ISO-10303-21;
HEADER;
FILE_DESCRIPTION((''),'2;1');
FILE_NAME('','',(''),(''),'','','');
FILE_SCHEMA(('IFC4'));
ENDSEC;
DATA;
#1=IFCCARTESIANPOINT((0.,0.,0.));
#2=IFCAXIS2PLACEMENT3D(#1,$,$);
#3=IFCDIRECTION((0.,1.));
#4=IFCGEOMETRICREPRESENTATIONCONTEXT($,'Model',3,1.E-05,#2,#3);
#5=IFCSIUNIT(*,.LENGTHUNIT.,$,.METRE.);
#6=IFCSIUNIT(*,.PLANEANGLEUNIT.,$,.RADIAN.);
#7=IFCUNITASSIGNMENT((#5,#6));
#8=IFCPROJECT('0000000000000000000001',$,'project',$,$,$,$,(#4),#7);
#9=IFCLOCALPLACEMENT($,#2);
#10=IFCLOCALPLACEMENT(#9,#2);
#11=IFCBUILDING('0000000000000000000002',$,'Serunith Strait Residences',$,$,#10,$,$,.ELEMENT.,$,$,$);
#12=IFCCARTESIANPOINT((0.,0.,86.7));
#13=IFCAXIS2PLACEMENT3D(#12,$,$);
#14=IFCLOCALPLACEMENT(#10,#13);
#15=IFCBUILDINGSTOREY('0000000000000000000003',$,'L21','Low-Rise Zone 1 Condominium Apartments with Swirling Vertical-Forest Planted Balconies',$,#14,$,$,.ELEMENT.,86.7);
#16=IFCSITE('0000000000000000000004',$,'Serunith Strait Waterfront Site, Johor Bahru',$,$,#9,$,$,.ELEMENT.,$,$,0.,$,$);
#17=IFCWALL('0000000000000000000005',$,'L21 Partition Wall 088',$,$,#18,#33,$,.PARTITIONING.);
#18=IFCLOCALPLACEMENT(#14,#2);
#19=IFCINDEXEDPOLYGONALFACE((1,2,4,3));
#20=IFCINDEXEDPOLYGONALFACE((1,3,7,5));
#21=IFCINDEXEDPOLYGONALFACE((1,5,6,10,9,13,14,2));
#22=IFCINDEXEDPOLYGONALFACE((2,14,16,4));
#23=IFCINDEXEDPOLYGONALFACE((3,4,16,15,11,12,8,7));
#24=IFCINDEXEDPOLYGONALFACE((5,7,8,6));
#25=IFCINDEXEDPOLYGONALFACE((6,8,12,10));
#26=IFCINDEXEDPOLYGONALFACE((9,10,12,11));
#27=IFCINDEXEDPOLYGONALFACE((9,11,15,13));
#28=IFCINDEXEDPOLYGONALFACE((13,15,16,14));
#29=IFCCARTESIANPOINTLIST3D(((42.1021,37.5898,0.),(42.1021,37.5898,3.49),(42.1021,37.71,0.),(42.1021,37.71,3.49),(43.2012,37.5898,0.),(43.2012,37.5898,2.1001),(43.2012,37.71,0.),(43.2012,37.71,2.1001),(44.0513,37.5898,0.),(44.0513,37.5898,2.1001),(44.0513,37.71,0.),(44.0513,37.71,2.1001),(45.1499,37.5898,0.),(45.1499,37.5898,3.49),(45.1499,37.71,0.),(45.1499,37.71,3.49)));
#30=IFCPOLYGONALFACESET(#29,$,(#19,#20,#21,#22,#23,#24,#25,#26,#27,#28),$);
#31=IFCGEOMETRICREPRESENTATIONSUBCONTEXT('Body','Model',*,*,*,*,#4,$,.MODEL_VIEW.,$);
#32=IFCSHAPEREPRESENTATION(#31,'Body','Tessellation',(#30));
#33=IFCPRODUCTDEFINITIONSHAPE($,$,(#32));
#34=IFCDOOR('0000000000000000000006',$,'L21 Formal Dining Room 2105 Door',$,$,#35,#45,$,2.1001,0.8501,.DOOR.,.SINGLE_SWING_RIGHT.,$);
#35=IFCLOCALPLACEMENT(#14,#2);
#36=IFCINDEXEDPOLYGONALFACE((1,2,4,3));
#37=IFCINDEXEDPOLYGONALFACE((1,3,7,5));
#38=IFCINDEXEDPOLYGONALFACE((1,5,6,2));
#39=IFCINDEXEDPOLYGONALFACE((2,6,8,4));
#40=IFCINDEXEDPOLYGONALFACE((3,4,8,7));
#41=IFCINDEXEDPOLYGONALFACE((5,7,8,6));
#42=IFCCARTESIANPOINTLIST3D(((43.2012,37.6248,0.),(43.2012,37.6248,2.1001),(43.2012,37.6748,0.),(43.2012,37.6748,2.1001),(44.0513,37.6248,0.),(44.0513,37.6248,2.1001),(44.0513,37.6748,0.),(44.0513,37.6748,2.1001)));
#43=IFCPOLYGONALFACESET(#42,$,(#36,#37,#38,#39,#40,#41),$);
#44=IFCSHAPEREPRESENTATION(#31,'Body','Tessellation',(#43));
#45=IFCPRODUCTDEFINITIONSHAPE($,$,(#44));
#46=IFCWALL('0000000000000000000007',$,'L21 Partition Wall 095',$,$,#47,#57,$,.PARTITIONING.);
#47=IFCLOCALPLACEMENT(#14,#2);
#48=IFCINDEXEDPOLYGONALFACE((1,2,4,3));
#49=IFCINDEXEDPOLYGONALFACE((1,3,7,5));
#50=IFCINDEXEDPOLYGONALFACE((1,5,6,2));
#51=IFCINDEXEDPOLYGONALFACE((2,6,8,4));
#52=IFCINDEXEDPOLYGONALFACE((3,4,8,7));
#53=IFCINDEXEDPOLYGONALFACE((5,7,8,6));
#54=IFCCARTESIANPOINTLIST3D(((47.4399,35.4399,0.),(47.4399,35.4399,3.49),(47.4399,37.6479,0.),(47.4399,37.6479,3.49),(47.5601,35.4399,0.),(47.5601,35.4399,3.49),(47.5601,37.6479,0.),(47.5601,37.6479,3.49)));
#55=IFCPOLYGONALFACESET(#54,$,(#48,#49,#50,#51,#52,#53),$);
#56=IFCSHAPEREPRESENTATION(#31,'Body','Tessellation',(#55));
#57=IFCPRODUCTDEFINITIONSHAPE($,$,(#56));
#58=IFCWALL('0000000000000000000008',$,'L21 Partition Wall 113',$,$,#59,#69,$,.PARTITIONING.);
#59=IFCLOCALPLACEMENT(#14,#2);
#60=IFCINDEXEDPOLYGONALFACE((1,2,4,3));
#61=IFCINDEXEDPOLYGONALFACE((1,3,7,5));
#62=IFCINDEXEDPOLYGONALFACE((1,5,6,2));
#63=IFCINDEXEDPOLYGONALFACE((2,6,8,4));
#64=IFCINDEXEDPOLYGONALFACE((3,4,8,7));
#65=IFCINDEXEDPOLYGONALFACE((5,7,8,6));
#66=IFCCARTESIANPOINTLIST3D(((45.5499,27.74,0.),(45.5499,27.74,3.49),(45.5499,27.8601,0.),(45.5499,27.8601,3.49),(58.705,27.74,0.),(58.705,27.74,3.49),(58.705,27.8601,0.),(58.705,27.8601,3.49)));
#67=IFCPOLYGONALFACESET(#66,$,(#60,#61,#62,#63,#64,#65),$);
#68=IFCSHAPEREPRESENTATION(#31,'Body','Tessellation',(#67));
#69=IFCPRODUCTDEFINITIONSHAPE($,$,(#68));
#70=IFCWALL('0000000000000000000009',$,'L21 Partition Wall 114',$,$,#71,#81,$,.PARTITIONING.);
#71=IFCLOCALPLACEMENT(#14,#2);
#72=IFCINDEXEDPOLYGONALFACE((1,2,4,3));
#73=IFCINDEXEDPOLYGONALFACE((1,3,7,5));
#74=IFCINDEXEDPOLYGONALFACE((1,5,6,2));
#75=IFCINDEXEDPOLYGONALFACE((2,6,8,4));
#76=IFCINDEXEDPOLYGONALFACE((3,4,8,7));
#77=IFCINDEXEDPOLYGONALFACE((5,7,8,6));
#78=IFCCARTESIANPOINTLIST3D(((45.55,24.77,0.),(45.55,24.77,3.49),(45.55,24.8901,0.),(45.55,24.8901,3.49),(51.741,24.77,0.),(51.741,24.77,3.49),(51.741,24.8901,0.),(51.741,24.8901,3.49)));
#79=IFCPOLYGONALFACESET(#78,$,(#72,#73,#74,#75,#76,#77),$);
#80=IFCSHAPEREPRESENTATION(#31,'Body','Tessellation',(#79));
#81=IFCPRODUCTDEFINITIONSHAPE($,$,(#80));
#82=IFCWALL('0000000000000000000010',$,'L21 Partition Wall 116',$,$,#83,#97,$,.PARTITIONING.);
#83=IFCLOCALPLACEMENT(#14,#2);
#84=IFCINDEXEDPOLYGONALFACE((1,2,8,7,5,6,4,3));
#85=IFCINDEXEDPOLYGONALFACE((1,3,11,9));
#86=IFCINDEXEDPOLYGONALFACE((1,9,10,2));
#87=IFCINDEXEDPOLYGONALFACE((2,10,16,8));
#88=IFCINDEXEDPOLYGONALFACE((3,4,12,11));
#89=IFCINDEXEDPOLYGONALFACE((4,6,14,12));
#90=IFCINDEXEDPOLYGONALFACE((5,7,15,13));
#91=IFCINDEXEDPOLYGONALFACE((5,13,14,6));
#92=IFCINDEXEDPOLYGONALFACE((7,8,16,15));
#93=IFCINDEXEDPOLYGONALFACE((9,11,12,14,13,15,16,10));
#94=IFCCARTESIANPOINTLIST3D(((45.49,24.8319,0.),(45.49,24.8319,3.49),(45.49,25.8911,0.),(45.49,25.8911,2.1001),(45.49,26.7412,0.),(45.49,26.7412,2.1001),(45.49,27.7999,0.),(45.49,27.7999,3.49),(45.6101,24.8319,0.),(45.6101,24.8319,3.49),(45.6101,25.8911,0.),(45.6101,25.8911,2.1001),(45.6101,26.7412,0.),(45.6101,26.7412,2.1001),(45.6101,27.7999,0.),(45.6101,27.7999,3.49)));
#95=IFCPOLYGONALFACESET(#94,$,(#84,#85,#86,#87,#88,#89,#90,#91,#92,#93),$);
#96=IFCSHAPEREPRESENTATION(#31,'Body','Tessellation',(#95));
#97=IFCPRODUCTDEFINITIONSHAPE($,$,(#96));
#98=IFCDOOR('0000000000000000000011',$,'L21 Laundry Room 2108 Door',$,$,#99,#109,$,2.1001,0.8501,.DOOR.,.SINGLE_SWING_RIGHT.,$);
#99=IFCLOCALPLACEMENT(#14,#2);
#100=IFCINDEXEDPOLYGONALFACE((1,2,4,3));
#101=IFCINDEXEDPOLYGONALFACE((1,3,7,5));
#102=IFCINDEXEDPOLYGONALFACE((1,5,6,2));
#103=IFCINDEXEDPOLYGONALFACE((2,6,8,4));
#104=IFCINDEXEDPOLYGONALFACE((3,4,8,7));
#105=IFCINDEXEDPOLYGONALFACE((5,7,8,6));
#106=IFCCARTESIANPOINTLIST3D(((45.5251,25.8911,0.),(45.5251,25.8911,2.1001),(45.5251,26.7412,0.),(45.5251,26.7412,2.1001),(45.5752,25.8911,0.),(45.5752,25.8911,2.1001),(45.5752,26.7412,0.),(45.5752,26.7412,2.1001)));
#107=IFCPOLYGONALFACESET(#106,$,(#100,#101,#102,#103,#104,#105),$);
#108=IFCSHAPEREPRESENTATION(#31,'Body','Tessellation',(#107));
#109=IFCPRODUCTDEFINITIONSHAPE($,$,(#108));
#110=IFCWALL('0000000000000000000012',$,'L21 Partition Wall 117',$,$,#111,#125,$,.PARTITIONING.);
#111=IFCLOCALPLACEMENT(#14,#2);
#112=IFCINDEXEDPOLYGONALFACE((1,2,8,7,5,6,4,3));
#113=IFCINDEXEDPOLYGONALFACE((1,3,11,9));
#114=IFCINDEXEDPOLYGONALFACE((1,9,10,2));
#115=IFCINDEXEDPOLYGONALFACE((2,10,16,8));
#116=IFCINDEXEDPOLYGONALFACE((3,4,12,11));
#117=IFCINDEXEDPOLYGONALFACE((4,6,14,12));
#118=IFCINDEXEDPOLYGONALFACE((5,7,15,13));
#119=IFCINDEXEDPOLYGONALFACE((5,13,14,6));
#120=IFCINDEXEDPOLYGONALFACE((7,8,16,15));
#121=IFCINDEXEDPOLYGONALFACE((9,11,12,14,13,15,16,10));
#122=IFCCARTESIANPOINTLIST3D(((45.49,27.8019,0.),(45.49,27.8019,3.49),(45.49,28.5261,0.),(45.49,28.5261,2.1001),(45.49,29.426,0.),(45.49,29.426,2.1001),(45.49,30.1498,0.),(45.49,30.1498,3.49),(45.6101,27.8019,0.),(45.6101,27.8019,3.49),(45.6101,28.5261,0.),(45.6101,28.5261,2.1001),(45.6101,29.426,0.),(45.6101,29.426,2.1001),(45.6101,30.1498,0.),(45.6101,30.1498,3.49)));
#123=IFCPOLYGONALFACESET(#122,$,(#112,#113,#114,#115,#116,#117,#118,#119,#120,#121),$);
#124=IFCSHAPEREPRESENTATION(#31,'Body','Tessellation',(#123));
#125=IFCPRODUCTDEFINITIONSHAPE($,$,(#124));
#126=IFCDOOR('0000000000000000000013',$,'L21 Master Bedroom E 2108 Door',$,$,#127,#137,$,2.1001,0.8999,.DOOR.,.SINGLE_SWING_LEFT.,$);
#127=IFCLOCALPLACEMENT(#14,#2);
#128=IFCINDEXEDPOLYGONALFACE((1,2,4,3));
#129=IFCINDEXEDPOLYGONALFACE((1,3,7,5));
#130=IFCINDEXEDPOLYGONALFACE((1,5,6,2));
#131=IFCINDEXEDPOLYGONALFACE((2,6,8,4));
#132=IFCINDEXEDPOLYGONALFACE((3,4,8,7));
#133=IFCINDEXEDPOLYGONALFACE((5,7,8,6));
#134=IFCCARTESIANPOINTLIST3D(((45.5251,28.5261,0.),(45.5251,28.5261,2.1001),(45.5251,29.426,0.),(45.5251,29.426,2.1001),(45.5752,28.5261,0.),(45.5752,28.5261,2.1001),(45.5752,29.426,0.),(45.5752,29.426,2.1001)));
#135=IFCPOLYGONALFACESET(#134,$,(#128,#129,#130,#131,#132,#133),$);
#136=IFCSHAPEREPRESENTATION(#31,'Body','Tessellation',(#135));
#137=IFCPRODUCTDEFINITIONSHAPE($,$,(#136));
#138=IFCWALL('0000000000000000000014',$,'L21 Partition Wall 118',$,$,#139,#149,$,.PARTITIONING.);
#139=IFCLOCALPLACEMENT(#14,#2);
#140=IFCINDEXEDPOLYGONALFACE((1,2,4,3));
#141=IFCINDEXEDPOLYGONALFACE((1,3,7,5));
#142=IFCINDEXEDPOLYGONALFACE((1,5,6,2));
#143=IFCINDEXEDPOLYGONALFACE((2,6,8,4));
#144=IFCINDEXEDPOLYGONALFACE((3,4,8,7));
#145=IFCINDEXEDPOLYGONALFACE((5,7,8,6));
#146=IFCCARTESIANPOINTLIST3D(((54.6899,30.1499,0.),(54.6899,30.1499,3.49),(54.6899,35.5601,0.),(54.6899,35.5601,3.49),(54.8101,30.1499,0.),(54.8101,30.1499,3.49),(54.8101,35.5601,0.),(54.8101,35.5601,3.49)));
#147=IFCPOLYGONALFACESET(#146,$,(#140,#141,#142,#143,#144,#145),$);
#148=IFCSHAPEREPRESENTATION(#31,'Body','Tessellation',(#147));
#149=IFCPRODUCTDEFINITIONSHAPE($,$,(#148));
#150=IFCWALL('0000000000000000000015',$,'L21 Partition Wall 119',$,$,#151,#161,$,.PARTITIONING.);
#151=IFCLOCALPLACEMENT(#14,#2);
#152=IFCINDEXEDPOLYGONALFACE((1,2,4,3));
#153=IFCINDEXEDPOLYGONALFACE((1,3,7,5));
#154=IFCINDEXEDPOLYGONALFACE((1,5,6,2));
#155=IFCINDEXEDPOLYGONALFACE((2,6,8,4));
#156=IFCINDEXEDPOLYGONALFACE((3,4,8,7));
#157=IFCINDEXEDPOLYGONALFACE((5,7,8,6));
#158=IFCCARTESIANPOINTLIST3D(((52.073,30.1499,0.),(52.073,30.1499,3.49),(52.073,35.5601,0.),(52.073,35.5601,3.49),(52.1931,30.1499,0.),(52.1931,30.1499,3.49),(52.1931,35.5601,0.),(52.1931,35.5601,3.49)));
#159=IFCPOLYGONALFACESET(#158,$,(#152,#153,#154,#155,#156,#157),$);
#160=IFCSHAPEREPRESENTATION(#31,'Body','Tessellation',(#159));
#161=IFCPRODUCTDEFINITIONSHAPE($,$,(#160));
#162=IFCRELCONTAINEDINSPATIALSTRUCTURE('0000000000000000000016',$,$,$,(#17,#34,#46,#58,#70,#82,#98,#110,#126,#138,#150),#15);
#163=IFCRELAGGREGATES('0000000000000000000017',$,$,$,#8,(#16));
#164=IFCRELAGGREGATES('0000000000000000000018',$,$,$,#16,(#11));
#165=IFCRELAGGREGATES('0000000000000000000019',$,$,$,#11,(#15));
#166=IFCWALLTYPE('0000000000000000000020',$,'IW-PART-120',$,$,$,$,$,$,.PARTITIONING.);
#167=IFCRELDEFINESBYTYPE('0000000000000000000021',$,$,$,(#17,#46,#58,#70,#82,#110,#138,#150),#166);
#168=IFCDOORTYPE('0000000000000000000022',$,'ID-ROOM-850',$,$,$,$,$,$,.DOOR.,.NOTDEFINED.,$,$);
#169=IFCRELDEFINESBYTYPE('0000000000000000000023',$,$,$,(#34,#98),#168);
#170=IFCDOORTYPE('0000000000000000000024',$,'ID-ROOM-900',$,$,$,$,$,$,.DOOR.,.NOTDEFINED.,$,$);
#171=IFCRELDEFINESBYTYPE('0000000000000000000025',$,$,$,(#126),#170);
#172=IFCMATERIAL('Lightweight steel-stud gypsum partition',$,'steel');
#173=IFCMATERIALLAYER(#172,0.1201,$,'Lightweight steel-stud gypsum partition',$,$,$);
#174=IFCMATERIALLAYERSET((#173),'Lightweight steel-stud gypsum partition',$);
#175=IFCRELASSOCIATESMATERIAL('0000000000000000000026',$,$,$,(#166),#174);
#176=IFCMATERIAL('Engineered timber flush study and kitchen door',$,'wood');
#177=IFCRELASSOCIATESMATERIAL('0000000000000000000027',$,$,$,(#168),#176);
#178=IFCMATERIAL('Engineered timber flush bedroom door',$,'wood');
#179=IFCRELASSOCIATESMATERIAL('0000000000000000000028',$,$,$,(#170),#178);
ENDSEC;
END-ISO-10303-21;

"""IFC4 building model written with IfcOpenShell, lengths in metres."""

from ifc_helpers import new_model, si_unit, direction, frame, frame_2d, origin, place, context, subcontext, project, spatial, rectangle, extrude, source, transform, mapped, material, layer, layer_set, type_object, element, fill, save


model = new_model("IFC4")

# Units and contexts
model_context = context("Model", 3, precision=1e-05, world=origin(), true_north=direction((0.0, 1.0)))
body_context = subcontext(model_context, "Body", "Model", "MODEL_VIEW")
ifc_project = project(units=[si_unit("LENGTHUNIT", "METRE"), si_unit("PLANEANGLEUNIT", "RADIAN")], contexts=[model_context])

# Site, building, storey
site_placement = place(None, origin())
site = spatial("IfcSite", under=ifc_project, at=site_placement, Name="Serunith Strait Waterfront Site, Johor Bahru", CompositionType="ELEMENT", RefElevation=0.0)
building_placement = place(site_placement, origin())
building = spatial("IfcBuilding", under=site, at=building_placement, Name="Serunith Strait Residences", CompositionType="ELEMENT")
storey_placement = place(building_placement, frame((0.0, 0.0, 86.7)))
storey = spatial("IfcBuildingStorey", under=building, at=storey_placement, Name="L21", Description="Low-Rise Zone 1 Condominium Apartments with Swirling Vertical-Forest Planted Balconies", CompositionType="ELEMENT", Elevation=86.7)

# Wall, opening, door
ifc_material_1 = material(Name="Lightweight steel-stud gypsum partition", Category="steel")
ifc_layer_1 = layer(ifc_material_1, 0.1201, Name="Lightweight steel-stud gypsum partition")
ifc_layer_set_1 = layer_set([ifc_layer_1], Name="Lightweight steel-stud gypsum partition")
wall_type_1 = type_object("IfcWallType", Name="IW-PART-120", PredefinedType="PARTITIONING", material=ifc_layer_set_1)
wall_1_placement = place(storey_placement, frame((42.1021, 37.6499, 0.0), z_axis=(0.0, 0.0, 1.0), x_axis=(1.0, 0.0, 0.0)))
wall_1 = element("IfcWall", 1, at=wall_1_placement, inside=storey, type_object=wall_type_1, Name="L21 Partition Wall 088", PredefinedType="PARTITIONING", context=body_context, shape_type="SweptSolid", body=[
    extrude(rectangle(XDim=3.0479, YDim=0.1201, at=frame_2d((1.5239, 0.0))), origin(), (0.0, 0.0, 1.0), 3.49),
])
opening_1_placement = place(wall_1_placement, frame((1.0991, 0.0, 0.0)))
opening_1 = element("IfcOpeningElement", 2, at=opening_1_placement, cuts=wall_1, PredefinedType="OPENING", context=body_context, shape_type="SweptSolid", body=[
    extrude(rectangle(XDim=0.8501, YDim=2.1001, at=frame_2d((0.425, 1.05))), frame((0.0, 0.0701, 0.0), z_axis=(0.0, -1.0, 0.0), x_axis=(1.0, 0.0, 0.0)), (0.0, 0.0, 1.0), 0.1401),
])
ifc_material_2 = material(Name="Engineered timber flush study and kitchen door", Category="wood")
door_type_1 = type_object("IfcDoorType", Name="ID-ROOM-850", OperationType="NOTDEFINED", PredefinedType="DOOR", material=ifc_material_2)
shared_shape_1 = source(origin(), body_context, "Body", "SweptSolid", [
    extrude(rectangle(XDim=0.8501, YDim=2.1001, at=frame_2d((0.425, 1.05))), frame((0.0, 0.0249, 0.0), z_axis=(0.0, -1.0, 0.0), x_axis=(1.0, 0.0, 0.0)), (0.0, 0.0, 1.0), 0.05),
])
door_1_placement = place(opening_1_placement, origin())
door_1 = element("IfcDoor", 3, at=door_1_placement, inside=storey, type_object=door_type_1, Name="L21 Formal Dining Room 2105 Door", OperationType="SINGLE_SWING_RIGHT", OverallHeight=2.1001, OverallWidth=0.8501, PredefinedType="DOOR", context=body_context, shape_type="MappedRepresentation", body=[
    mapped(shared_shape_1, transform((0.0, 0.0, 0.0), scale=1.0)),
])
fill(opening_1, door_1)

# Walls
wall_2_placement = place(storey_placement, frame((47.5, 37.6479, 0.0), z_axis=(0.0, 0.0, 1.0), x_axis=(0.0, -1.0, 0.0)))
element("IfcWall", 4, at=wall_2_placement, inside=storey, type_object=wall_type_1, Name="L21 Partition Wall 095", PredefinedType="PARTITIONING", context=body_context, shape_type="SweptSolid", body=[
    extrude(rectangle(XDim=2.208, YDim=0.1201, at=frame_2d((1.104, 0.0))), origin(), (0.0, 0.0, 1.0), 3.49),
])
wall_3_placement = place(storey_placement, frame((58.7051, 27.8, 0.0), z_axis=(0.0, 0.0, 1.0), x_axis=(-1.0, 0.0, 0.0)))
element("IfcWall", 5, at=wall_3_placement, inside=storey, type_object=wall_type_1, Name="L21 Partition Wall 113", PredefinedType="PARTITIONING", context=body_context, shape_type="SweptSolid", body=[
    extrude(rectangle(XDim=13.155, YDim=0.1201, at=frame_2d((6.5776, 0.0))), origin(), (0.0, 0.0, 1.0), 3.49),
])
wall_4_placement = place(storey_placement, frame((51.741, 24.8301, 0.0), z_axis=(0.0, 0.0, 1.0), x_axis=(-1.0, 0.0, 0.0)))
element("IfcWall", 6, at=wall_4_placement, inside=storey, type_object=wall_type_1, Name="L21 Partition Wall 114", PredefinedType="PARTITIONING", context=body_context, shape_type="SweptSolid", body=[
    extrude(rectangle(XDim=6.1909, YDim=0.1201, at=frame_2d((3.0955, 0.0))), origin(), (0.0, 0.0, 1.0), 3.49),
])

# Walls, openings, doors
wall_5_placement = place(storey_placement, frame((45.55, 24.832, 0.0), z_axis=(0.0, 0.0, 1.0), x_axis=(0.0, 1.0, 0.0)))
wall_5 = element("IfcWall", 7, at=wall_5_placement, inside=storey, type_object=wall_type_1, Name="L21 Partition Wall 116", PredefinedType="PARTITIONING", context=body_context, shape_type="SweptSolid", body=[
    extrude(rectangle(XDim=2.968, YDim=0.1201, at=frame_2d((1.4839, 0.0))), origin(), (0.0, 0.0, 1.0), 3.49),
])
opening_2_placement = place(wall_5_placement, frame((1.0591, 0.0, 0.0)))
opening_2 = element("IfcOpeningElement", 8, at=opening_2_placement, cuts=wall_5, PredefinedType="OPENING", context=body_context, shape_type="SweptSolid", body=[
    extrude(rectangle(XDim=0.8501, YDim=2.1001, at=frame_2d((0.425, 1.05))), frame((0.0, 0.0701, 0.0), z_axis=(0.0, -1.0, 0.0), x_axis=(1.0, 0.0, 0.0)), (0.0, 0.0, 1.0), 0.1401),
])
door_2_placement = place(opening_2_placement, origin())
door_2 = element("IfcDoor", 9, at=door_2_placement, inside=storey, type_object=door_type_1, Name="L21 Laundry Room 2108 Door", OperationType="SINGLE_SWING_RIGHT", OverallHeight=2.1001, OverallWidth=0.8501, PredefinedType="DOOR", context=body_context, shape_type="MappedRepresentation", body=[
    mapped(shared_shape_1, transform((0.0, 0.0, 0.0), scale=1.0)),
])
fill(opening_2, door_2)
wall_6_placement = place(storey_placement, frame((45.55, 27.802, 0.0), z_axis=(0.0, 0.0, 1.0), x_axis=(0.0, 1.0, 0.0)))
wall_6 = element("IfcWall", 10, at=wall_6_placement, inside=storey, type_object=wall_type_1, Name="L21 Partition Wall 117", PredefinedType="PARTITIONING", context=body_context, shape_type="SweptSolid", body=[
    extrude(rectangle(XDim=2.3479, YDim=0.1201, at=frame_2d((1.1738, 0.0))), origin(), (0.0, 0.0, 1.0), 3.49),
])
opening_3_placement = place(wall_6_placement, frame((0.7241, 0.0, 0.0)))
opening_3 = element("IfcOpeningElement", 11, at=opening_3_placement, cuts=wall_6, PredefinedType="OPENING", context=body_context, shape_type="SweptSolid", body=[
    extrude(rectangle(XDim=0.8999, YDim=2.1001, at=frame_2d((0.45, 1.05))), frame((0.0, 0.0701, 0.0), z_axis=(0.0, -1.0, 0.0), x_axis=(1.0, 0.0, 0.0)), (0.0, 0.0, 1.0), 0.1401),
])
ifc_material_3 = material(Name="Engineered timber flush bedroom door", Category="wood")
door_type_2 = type_object("IfcDoorType", Name="ID-ROOM-900", OperationType="NOTDEFINED", PredefinedType="DOOR", material=ifc_material_3)
shared_shape_2 = source(origin(), body_context, "Body", "SweptSolid", [
    extrude(rectangle(XDim=0.8999, YDim=2.1001, at=frame_2d((0.45, 1.05))), frame((0.0, 0.0249, 0.0), z_axis=(0.0, -1.0, 0.0), x_axis=(1.0, 0.0, 0.0)), (0.0, 0.0, 1.0), 0.05),
])
door_3_placement = place(opening_3_placement, origin())
door_3 = element("IfcDoor", 12, at=door_3_placement, inside=storey, type_object=door_type_2, Name="L21 Master Bedroom E 2108 Door", OperationType="SINGLE_SWING_LEFT", OverallHeight=2.1001, OverallWidth=0.8999, PredefinedType="DOOR", context=body_context, shape_type="MappedRepresentation", body=[
    mapped(shared_shape_2, transform((0.0, 0.0, 0.0), scale=1.0)),
])
fill(opening_3, door_3)

# Walls
for number, where, z_axis, x_axis, name in (
    (13, (54.75, 30.1499, 0.0), (0.0, 0.0, 1.0), (0.0, 1.0, 0.0), "L21 Partition Wall 118"),
    (14, (52.1331, 30.1499, 0.0), (0.0, 0.0, 1.0), (0.0, 1.0, 0.0), "L21 Partition Wall 119"),
):
    element("IfcWall", number, at=place(storey_placement, frame(where, z_axis=z_axis, x_axis=x_axis)), inside=storey, type_object=wall_type_1, Name=name, PredefinedType="PARTITIONING", context=body_context, shape_type="SweptSolid", body=[
        extrude(rectangle(XDim=5.4102, YDim=0.1201, at=frame_2d((2.7051, 0.0))), origin(), (0.0, 0.0, 1.0), 3.49),
    ])

save(model, "model.ifc")
